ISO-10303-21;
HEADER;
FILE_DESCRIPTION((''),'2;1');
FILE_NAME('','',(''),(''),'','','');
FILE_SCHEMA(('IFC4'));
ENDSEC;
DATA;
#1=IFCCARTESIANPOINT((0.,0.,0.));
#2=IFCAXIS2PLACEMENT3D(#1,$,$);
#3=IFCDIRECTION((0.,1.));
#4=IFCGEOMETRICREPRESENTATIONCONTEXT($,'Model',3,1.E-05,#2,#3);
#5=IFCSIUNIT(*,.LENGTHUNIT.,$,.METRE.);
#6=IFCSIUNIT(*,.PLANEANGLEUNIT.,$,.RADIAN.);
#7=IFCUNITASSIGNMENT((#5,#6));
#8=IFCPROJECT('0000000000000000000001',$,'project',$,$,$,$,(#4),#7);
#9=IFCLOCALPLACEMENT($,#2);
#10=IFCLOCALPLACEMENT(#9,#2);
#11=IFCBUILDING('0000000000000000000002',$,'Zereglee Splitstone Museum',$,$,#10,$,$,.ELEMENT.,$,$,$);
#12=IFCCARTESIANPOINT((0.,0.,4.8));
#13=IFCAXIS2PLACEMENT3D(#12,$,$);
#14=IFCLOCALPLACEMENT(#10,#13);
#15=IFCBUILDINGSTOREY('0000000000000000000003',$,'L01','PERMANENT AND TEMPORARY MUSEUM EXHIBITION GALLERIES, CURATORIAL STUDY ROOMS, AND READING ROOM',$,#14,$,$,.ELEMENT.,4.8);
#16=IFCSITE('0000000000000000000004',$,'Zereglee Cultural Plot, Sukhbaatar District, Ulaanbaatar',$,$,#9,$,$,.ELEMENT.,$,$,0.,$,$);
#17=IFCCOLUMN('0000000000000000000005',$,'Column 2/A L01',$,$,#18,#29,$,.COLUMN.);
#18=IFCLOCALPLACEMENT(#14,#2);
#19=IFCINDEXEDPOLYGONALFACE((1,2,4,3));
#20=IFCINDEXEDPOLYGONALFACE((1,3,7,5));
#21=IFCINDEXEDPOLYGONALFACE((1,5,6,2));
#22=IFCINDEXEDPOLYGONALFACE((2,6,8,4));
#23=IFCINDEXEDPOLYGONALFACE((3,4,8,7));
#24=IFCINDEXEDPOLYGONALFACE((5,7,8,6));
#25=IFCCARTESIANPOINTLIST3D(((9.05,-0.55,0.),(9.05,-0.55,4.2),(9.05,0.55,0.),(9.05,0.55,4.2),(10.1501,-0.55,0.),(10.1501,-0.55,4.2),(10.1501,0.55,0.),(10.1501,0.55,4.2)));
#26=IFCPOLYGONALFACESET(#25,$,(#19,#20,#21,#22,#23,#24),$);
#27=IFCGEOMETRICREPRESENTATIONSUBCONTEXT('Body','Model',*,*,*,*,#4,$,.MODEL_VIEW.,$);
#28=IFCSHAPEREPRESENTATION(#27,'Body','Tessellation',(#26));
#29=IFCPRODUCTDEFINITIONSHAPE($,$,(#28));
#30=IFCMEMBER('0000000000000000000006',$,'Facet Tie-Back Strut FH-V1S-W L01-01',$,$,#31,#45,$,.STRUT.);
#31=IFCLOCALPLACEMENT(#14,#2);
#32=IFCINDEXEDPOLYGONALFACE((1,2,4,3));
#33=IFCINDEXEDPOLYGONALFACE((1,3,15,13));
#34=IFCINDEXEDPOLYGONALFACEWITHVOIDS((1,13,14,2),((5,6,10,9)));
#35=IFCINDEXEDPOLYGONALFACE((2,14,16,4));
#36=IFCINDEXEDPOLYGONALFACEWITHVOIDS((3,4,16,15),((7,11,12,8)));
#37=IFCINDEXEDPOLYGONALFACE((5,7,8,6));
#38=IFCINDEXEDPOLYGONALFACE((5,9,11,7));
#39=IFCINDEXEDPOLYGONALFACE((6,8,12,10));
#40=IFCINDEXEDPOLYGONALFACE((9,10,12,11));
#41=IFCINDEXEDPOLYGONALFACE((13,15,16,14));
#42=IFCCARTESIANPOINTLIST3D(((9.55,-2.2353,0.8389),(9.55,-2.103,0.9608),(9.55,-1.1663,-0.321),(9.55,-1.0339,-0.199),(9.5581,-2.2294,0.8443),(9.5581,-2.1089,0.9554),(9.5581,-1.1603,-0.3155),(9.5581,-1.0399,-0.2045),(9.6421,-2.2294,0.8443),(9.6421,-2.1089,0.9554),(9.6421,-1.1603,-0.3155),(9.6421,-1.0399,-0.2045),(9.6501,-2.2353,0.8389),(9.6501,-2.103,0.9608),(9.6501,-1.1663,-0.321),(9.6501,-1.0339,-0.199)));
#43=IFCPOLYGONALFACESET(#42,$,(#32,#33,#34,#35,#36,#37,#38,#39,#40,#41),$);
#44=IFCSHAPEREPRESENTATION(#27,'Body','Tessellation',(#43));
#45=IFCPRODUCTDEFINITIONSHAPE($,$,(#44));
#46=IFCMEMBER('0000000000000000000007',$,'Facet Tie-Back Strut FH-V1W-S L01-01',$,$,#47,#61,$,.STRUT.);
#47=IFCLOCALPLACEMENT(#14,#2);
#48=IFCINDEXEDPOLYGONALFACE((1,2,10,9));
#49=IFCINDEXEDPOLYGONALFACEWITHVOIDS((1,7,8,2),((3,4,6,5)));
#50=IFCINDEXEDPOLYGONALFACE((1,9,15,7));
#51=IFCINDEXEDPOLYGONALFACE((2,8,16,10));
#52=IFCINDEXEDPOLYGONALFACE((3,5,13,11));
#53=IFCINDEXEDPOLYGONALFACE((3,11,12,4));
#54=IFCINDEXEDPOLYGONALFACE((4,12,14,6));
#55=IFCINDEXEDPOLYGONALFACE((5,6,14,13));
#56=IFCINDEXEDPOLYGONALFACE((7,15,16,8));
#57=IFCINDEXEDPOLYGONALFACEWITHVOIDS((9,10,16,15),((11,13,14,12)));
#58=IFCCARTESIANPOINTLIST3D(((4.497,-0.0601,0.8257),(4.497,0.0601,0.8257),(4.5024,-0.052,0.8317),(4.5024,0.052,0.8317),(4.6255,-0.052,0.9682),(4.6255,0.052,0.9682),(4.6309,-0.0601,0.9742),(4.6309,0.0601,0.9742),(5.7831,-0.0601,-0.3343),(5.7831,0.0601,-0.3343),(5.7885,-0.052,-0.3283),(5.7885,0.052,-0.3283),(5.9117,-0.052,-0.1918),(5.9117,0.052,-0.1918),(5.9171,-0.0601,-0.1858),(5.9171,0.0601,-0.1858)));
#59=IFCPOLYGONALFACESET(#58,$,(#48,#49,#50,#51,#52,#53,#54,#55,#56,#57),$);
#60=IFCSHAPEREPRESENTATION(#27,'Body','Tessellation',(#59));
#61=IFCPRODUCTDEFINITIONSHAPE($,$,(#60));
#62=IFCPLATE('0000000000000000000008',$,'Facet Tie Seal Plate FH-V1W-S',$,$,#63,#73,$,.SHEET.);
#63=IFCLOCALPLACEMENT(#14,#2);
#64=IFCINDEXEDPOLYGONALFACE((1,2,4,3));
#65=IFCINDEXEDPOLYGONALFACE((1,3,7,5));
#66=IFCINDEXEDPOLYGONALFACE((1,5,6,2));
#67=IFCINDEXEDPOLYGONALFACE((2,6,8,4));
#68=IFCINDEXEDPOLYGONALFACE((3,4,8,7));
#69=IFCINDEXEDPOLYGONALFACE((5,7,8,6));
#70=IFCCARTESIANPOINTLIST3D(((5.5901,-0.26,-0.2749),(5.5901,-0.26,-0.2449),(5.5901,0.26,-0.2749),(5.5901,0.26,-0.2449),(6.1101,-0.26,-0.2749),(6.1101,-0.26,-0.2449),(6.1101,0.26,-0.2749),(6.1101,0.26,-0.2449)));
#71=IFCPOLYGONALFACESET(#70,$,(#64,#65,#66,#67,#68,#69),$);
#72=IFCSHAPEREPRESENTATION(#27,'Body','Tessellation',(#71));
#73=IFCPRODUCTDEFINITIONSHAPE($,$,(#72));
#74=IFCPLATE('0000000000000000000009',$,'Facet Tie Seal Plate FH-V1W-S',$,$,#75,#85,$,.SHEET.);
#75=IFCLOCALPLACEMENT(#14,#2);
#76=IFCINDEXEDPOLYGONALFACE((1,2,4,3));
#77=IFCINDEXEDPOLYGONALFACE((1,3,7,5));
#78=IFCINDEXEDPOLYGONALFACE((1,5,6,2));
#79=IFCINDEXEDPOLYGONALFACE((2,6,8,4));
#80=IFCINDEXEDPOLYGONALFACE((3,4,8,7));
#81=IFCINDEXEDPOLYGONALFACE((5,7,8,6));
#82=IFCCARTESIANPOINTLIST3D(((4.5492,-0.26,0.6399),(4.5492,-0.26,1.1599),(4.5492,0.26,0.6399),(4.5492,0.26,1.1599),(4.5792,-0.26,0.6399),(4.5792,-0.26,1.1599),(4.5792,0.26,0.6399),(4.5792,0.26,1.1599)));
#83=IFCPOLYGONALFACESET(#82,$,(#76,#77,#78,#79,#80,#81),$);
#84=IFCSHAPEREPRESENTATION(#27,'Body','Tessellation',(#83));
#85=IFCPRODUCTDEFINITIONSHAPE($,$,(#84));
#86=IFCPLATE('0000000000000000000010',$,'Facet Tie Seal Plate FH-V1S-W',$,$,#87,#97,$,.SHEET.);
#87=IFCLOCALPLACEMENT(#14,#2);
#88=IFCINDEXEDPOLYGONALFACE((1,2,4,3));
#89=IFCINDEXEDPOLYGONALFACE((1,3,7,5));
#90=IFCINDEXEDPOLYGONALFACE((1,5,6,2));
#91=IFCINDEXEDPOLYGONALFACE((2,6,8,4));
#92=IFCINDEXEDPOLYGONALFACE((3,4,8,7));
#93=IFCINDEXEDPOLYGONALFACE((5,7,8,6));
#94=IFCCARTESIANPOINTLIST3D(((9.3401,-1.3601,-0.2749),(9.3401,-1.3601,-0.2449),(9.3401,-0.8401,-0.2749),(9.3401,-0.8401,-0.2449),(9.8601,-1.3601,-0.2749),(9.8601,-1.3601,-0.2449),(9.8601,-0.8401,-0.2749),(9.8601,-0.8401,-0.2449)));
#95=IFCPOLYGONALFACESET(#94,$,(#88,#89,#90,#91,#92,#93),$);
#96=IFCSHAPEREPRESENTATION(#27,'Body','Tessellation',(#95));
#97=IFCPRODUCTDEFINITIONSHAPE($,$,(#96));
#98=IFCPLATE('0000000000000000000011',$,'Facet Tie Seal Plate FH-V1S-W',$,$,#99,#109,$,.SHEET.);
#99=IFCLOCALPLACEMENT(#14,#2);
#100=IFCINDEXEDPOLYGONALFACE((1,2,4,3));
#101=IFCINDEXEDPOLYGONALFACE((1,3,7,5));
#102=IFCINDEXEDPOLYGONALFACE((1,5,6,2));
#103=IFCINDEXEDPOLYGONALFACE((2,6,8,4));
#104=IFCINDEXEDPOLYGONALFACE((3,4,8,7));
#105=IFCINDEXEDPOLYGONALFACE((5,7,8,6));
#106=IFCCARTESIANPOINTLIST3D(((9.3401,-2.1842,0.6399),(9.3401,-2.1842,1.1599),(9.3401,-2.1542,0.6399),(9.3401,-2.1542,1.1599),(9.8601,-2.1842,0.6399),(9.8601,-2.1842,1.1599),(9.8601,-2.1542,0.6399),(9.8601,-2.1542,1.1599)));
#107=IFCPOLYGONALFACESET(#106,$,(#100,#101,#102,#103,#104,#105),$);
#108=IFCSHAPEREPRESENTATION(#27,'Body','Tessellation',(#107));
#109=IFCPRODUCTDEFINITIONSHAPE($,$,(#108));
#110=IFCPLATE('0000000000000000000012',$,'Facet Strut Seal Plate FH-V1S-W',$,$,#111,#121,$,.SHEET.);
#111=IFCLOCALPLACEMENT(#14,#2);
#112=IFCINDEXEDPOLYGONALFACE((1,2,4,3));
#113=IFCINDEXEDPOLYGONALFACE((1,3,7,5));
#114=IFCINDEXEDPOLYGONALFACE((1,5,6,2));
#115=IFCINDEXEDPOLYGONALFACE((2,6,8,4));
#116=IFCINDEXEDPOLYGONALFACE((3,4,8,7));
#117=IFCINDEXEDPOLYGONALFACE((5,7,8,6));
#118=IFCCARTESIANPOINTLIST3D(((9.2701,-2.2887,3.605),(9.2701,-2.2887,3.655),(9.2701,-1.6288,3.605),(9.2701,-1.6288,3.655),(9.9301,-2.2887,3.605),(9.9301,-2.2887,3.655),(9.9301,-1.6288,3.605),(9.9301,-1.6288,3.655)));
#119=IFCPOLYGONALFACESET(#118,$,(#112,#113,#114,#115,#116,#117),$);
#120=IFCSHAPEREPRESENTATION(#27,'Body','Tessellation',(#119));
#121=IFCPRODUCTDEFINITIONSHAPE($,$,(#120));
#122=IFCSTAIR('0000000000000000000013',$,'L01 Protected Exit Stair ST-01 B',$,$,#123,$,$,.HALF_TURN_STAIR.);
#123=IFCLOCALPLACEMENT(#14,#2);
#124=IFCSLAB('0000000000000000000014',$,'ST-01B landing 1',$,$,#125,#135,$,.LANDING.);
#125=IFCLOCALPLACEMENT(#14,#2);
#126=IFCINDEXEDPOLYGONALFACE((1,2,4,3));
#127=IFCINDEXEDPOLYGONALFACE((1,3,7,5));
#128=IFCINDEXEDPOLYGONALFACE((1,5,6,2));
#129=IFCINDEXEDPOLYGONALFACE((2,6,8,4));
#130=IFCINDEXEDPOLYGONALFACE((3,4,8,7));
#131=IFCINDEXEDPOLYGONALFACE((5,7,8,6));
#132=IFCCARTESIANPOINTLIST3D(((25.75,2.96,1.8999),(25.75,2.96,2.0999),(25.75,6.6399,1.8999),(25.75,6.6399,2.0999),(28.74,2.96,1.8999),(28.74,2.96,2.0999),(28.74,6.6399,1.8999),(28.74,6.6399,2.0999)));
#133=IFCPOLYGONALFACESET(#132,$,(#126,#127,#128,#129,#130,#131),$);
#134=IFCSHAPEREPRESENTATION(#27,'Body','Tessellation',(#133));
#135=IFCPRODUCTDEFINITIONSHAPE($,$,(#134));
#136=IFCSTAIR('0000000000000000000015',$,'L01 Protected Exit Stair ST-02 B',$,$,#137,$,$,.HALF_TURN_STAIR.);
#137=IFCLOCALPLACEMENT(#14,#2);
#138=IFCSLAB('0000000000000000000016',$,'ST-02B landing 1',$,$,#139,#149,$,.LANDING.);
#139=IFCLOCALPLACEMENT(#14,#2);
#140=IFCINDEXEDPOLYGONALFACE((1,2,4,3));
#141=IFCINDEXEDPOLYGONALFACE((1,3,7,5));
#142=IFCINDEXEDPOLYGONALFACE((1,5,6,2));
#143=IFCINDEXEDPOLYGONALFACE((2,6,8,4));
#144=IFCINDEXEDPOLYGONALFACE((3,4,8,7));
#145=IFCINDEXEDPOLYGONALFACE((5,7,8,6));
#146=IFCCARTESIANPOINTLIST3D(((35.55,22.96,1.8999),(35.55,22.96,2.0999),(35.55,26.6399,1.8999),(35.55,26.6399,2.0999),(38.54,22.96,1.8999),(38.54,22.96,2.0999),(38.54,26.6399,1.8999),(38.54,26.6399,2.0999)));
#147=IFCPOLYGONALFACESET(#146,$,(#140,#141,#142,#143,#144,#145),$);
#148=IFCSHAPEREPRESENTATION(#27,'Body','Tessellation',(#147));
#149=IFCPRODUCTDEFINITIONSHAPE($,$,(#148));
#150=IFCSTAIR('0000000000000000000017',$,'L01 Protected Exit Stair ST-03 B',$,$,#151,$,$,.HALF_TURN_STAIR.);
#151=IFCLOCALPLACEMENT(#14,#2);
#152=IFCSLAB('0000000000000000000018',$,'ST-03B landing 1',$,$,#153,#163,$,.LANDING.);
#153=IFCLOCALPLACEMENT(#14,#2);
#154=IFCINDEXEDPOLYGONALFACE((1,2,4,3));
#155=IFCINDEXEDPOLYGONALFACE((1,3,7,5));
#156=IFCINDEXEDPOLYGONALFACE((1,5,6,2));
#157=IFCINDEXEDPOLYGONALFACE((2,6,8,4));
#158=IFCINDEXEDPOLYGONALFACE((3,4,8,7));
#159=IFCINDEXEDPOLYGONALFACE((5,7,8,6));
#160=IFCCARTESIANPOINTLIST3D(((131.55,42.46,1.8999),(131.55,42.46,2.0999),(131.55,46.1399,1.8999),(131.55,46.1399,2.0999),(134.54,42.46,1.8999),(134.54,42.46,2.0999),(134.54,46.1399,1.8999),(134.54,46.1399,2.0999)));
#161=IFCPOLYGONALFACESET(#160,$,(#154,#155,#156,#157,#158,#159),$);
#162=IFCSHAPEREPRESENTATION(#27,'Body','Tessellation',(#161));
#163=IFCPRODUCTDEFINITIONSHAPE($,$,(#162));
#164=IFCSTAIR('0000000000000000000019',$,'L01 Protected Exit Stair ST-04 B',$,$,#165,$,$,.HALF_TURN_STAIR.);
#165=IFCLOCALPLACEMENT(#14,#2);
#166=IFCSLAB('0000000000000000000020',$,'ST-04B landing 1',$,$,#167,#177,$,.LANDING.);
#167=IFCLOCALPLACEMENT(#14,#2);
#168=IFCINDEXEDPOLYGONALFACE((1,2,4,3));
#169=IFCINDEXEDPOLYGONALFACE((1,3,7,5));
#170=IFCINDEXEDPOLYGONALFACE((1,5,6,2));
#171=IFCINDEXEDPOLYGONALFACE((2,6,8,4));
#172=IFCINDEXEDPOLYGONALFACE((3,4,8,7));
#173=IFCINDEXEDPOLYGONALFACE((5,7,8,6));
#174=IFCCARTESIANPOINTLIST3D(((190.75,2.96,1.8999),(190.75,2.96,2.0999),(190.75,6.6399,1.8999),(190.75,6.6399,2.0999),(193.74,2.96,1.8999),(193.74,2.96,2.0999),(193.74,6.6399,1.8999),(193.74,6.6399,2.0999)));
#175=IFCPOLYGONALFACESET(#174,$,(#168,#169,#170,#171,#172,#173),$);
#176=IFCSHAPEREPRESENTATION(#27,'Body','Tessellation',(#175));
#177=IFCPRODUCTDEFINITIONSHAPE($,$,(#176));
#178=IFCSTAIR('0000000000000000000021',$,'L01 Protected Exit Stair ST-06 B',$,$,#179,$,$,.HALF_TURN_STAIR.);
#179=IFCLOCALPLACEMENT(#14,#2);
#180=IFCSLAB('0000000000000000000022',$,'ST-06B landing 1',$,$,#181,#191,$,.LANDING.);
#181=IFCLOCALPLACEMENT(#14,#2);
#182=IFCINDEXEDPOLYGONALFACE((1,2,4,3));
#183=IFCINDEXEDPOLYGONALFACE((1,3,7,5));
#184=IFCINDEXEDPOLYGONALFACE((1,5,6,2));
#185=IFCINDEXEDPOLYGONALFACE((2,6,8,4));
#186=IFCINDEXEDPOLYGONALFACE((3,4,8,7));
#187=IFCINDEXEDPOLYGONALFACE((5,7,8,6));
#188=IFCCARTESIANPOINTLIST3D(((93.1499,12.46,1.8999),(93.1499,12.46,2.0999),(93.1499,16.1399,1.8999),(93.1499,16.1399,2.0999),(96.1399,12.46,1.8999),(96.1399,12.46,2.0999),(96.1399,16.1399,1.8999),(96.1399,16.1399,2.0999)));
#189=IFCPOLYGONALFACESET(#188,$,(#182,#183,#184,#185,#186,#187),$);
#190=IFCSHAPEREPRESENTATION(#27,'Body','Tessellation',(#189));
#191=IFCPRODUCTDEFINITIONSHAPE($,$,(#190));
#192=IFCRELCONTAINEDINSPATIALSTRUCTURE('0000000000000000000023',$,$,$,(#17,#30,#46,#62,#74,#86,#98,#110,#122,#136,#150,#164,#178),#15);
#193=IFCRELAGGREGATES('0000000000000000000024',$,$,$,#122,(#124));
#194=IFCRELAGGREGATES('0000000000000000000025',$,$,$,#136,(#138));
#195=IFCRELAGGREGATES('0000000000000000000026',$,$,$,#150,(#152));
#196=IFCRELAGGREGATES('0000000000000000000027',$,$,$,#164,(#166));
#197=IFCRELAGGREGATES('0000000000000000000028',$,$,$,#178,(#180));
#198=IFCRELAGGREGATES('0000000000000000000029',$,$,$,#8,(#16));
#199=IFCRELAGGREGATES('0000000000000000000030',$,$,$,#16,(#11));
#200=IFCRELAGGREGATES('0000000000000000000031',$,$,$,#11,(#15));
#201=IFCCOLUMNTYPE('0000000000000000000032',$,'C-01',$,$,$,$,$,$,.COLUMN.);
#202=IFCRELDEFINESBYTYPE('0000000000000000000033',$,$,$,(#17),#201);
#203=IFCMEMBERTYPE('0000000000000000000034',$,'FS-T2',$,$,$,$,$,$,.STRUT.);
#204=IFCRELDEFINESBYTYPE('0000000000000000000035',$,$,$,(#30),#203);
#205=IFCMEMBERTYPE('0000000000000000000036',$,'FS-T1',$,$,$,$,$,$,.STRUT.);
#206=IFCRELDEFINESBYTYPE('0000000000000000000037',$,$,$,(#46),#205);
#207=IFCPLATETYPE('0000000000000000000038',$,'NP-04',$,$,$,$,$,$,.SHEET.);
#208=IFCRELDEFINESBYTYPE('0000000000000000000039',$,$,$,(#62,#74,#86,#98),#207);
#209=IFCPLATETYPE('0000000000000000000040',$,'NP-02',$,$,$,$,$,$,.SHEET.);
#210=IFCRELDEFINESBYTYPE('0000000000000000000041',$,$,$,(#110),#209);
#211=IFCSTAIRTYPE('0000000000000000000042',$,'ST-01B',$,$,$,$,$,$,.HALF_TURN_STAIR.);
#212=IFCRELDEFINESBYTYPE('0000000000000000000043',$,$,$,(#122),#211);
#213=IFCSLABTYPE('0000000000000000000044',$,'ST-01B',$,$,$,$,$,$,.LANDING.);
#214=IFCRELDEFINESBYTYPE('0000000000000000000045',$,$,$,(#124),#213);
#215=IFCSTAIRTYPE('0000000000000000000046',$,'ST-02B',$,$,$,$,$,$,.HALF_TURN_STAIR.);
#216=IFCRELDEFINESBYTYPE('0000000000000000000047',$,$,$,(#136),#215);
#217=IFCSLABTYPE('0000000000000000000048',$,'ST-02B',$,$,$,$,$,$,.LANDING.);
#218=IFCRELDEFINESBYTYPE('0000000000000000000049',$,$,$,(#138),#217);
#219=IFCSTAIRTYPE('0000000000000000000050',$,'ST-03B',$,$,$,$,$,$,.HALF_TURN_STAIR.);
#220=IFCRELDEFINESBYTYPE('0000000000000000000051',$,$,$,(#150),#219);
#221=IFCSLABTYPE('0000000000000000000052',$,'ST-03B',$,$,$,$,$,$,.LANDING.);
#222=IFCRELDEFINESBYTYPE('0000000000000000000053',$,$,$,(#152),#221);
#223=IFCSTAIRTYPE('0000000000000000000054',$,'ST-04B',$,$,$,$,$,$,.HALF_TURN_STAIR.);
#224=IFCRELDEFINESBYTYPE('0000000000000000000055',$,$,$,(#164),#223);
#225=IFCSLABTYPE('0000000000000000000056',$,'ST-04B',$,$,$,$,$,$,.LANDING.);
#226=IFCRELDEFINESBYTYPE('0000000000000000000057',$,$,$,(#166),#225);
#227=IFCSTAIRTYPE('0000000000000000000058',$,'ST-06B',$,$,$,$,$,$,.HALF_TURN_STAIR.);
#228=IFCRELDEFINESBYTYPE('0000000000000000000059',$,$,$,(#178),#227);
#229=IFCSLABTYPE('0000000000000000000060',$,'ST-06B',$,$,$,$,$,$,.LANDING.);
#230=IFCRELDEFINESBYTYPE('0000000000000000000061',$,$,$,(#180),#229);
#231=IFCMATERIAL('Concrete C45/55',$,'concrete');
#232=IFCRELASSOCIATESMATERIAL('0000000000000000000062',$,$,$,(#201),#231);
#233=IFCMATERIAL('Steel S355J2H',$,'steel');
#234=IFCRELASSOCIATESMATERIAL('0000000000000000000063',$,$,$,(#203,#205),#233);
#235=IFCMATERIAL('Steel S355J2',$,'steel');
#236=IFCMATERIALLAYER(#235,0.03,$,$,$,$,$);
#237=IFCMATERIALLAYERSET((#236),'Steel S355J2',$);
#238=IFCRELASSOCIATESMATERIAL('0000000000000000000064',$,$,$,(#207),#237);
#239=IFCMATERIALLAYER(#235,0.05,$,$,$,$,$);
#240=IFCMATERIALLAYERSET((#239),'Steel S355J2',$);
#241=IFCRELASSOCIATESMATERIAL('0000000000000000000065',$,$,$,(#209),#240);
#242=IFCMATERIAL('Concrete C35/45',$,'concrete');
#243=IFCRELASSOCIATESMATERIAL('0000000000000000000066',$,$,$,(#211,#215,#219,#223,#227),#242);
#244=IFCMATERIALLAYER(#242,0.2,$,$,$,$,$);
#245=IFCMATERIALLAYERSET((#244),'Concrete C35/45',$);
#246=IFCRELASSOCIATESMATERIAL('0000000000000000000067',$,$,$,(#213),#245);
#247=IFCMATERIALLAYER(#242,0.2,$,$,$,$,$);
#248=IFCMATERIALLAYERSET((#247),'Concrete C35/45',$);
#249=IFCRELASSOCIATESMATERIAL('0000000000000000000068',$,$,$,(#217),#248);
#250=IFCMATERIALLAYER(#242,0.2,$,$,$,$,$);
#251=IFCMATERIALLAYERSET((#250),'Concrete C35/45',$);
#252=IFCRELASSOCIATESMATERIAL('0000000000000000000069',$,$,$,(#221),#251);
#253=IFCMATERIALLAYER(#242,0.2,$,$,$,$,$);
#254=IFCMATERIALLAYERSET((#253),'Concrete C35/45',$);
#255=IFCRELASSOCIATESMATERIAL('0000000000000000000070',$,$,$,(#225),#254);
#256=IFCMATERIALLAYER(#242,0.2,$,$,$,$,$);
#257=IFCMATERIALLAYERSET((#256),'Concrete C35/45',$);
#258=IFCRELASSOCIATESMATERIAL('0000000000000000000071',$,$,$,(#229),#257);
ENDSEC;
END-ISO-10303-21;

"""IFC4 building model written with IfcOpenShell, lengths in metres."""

from ifc_helpers import new_model, si_unit, direction, frame, origin, origin_2d, place, context, subcontext, project, spatial, polyline, rectangle, hollow_rectangle, outline, extrude, material, layer, layer_set, material_profile, profile_set, type_object, element, aggregate, save


model = new_model("IFC4")

# Units and contexts
model_context = context("Model", 3, precision=1e-05, world=origin(), true_north=direction((0.0, 1.0)))
body_context = subcontext(model_context, "Body", "Model", "MODEL_VIEW")
ifc_project = project(units=[si_unit("LENGTHUNIT", "METRE"), si_unit("PLANEANGLEUNIT", "RADIAN")], contexts=[model_context])

# Site, building, storey
site_placement = place(None, origin())
site = spatial("IfcSite", under=ifc_project, at=site_placement, Name="Zereglee Cultural Plot, Sukhbaatar District, Ulaanbaatar", CompositionType="ELEMENT", RefElevation=0.0)
building_placement = place(site_placement, origin())
building = spatial("IfcBuilding", under=site, at=building_placement, Name="Zereglee Splitstone Museum", CompositionType="ELEMENT")
storey_placement = place(building_placement, frame((0.0, 0.0, 4.8)))
storey = spatial("IfcBuildingStorey", under=building, at=storey_placement, Name="L01", Description="PERMANENT AND TEMPORARY MUSEUM EXHIBITION GALLERIES, CURATORIAL STUDY ROOMS, AND READING ROOM", CompositionType="ELEMENT", Elevation=4.8)

# Column
ifc_material_1 = material(Name="Concrete C45/55", Category="concrete")
ifc_material_profile_1 = material_profile(ifc_material_1, rectangle(XDim=1.1001, YDim=1.1001, at=origin_2d()), Name="RC 1100x1100")
ifc_profile_set_1 = profile_set([ifc_material_profile_1], Name="Concrete C45/55")
column_type = type_object("IfcColumnType", Name="C-01", PredefinedType="COLUMN", material=ifc_profile_set_1)
column_placement = place(storey_placement, frame((9.6001, 0.0, 0.0), z_axis=(0.0, 0.0, 1.0), x_axis=(1.0, 0.0, 0.0)))
element("IfcColumn", 1, at=column_placement, inside=storey, type_object=column_type, Name="Column 2/A L01", PredefinedType="COLUMN", context=body_context, shape_type="SweptSolid", body=[
    extrude(rectangle(XDim=1.1001, YDim=1.1001, at=origin_2d()), origin(), (0.0, 0.0, 1.0), 4.2),
])

# Members
ifc_material_2 = material(Name="Steel S355J2H", Category="steel")
ifc_material_profile_2 = material_profile(ifc_material_2, hollow_rectangle(XDim=0.1001, YDim=0.1799, WallThickness=0.0081, at=origin_2d()), Name="RHS 180x100x8")
ifc_profile_set_2 = profile_set([ifc_material_profile_2], Name="Steel S355J2H")
member_type_1 = type_object("IfcMemberType", Name="FS-T2", PredefinedType="STRUT", material=ifc_profile_set_2)
member_1_placement = place(storey_placement, frame((9.6001, -1.1001, -0.26), z_axis=(0.0, -0.677734, 0.735308), x_axis=(1.0, 0.0, 0.0)))
element("IfcMember", 2, at=member_1_placement, inside=storey, type_object=member_type_1, Name="Facet Tie-Back Strut FH-V1S-W L01-01", PredefinedType="STRUT", context=body_context, shape_type="SweptSolid", body=[
    extrude(hollow_rectangle(XDim=0.1001, YDim=0.1799, WallThickness=0.0081, at=origin_2d()), origin(), (0.0, 0.0, 1.0), 1.5774),
])
ifc_material_profile_3 = material_profile(ifc_material_2, hollow_rectangle(XDim=0.1201, YDim=0.2, WallThickness=0.0081, at=origin_2d()), Name="RHS 200x120x8")
ifc_profile_set_3 = profile_set([ifc_material_profile_3], Name="Steel S355J2H")
member_type_2 = type_object("IfcMemberType", Name="FS-T1", PredefinedType="STRUT", material=ifc_profile_set_3)
member_2_placement = place(storey_placement, frame((5.8501, 0.0, -0.26), z_axis=(-0.742607, 0.0, 0.669728), x_axis=(0.0, -1.0, 0.0)))
element("IfcMember", 3, at=member_2_placement, inside=storey, type_object=member_type_2, Name="Facet Tie-Back Strut FH-V1W-S L01-01", PredefinedType="STRUT", context=body_context, shape_type="SweptSolid", body=[
    extrude(hollow_rectangle(XDim=0.1201, YDim=0.2, WallThickness=0.0081, at=origin_2d()), origin(), (0.0, 0.0, 1.0), 1.7319),
])

# Plates
ifc_material_3 = material(Name="Steel S355J2", Category="steel")
ifc_layer_1 = layer(ifc_material_3, 0.03)
ifc_layer_set_1 = layer_set([ifc_layer_1], Name="Steel S355J2")
plate_type_1 = type_object("IfcPlateType", Name="NP-04", PredefinedType="SHEET", material=ifc_layer_set_1)
plate_1_placement = place(storey_placement, frame((5.8501, 0.0, -0.2749), z_axis=(0.0, 0.0, 1.0), x_axis=(1.0, 0.0, 0.0)))
element("IfcPlate", 4, at=plate_1_placement, inside=storey, type_object=plate_type_1, Name="Facet Tie Seal Plate FH-V1W-S", PredefinedType="SHEET", context=body_context, shape_type="SweptSolid", body=[
    extrude(rectangle(XDim=0.52, YDim=0.52, at=origin_2d()), origin(), (0.0, 0.0, 1.0), 0.03),
])
plate_2_placement = place(storey_placement, frame((4.5642, 0.0, 0.6399), z_axis=(0.0, 0.0, 1.0), x_axis=(1.0, 0.0, 0.0)))
element("IfcPlate", 5, at=plate_2_placement, inside=storey, type_object=plate_type_1, Name="Facet Tie Seal Plate FH-V1W-S", PredefinedType="SHEET", context=body_context, shape_type="SweptSolid", body=[
    extrude(rectangle(XDim=0.03, YDim=0.52, at=origin_2d()), origin(), (0.0, 0.0, 1.0), 0.52),
])
plate_3_placement = place(storey_placement, frame((9.6001, -1.1001, -0.2749), z_axis=(0.0, 0.0, 1.0), x_axis=(1.0, 0.0, 0.0)))
element("IfcPlate", 6, at=plate_3_placement, inside=storey, type_object=plate_type_1, Name="Facet Tie Seal Plate FH-V1S-W", PredefinedType="SHEET", context=body_context, shape_type="SweptSolid", body=[
    extrude(rectangle(XDim=0.52, YDim=0.52, at=origin_2d()), origin(), (0.0, 0.0, 1.0), 0.03),
])
plate_4_placement = place(storey_placement, frame((9.6001, -2.1692, 0.6399), z_axis=(0.0, 0.0, 1.0), x_axis=(1.0, 0.0, 0.0)))
element("IfcPlate", 7, at=plate_4_placement, inside=storey, type_object=plate_type_1, Name="Facet Tie Seal Plate FH-V1S-W", PredefinedType="SHEET", context=body_context, shape_type="SweptSolid", body=[
    extrude(rectangle(XDim=0.52, YDim=0.03, at=origin_2d()), origin(), (0.0, 0.0, 1.0), 0.52),
])
ifc_layer_2 = layer(ifc_material_3, 0.05)
ifc_layer_set_2 = layer_set([ifc_layer_2], Name="Steel S355J2")
plate_type_2 = type_object("IfcPlateType", Name="NP-02", PredefinedType="SHEET", material=ifc_layer_set_2)
plate_5_placement = place(storey_placement, frame((9.6001, -1.9587, 3.605), z_axis=(0.0, 0.0, 1.0), x_axis=(1.0, 0.0, 0.0)))
element("IfcPlate", 8, at=plate_5_placement, inside=storey, type_object=plate_type_2, Name="Facet Strut Seal Plate FH-V1S-W", PredefinedType="SHEET", context=body_context, shape_type="SweptSolid", body=[
    extrude(rectangle(XDim=0.6599, YDim=0.6599, at=origin_2d()), origin(), (0.0, 0.0, 1.0), 0.05),
])

# Stairs, slabs
ifc_material_4 = material(Name="Concrete C35/45", Category="concrete")
stair_type_1 = type_object("IfcStairType", Name="ST-01B", PredefinedType="HALF_TURN_STAIR", material=ifc_material_4)
stair_1_placement = place(storey_placement, origin())
stair_1 = element("IfcStair", 9, at=stair_1_placement, inside=storey, type_object=stair_type_1, Name="L01 Protected Exit Stair ST-01 B", PredefinedType="HALF_TURN_STAIR")
ifc_layer_3 = layer(ifc_material_4, 0.2)
ifc_layer_set_3 = layer_set([ifc_layer_3], Name="Concrete C35/45")
slab_type_1 = type_object("IfcSlabType", Name="ST-01B", PredefinedType="LANDING", material=ifc_layer_set_3)
slab_1_placement = place(storey_placement, frame((0.0, 0.0, 1.8999)))
slab_1 = element("IfcSlab", 10, at=slab_1_placement, type_object=slab_type_1, Name="ST-01B landing 1", PredefinedType="LANDING", context=body_context, shape_type="SweptSolid", body=[
    extrude(outline(polyline([(25.75, 2.96), (28.74, 2.96), (28.74, 6.6399), (25.75, 6.6399), (25.75, 2.96)])), origin(), (0.0, 0.0, 1.0), 0.2),
])
aggregate(stair_1, [slab_1])
stair_type_2 = type_object("IfcStairType", Name="ST-02B", PredefinedType="HALF_TURN_STAIR", material=ifc_material_4)
stair_2_placement = place(storey_placement, origin())
stair_2 = element("IfcStair", 11, at=stair_2_placement, inside=storey, type_object=stair_type_2, Name="L01 Protected Exit Stair ST-02 B", PredefinedType="HALF_TURN_STAIR")
ifc_layer_4 = layer(ifc_material_4, 0.2)
ifc_layer_set_4 = layer_set([ifc_layer_4], Name="Concrete C35/45")
slab_type_2 = type_object("IfcSlabType", Name="ST-02B", PredefinedType="LANDING", material=ifc_layer_set_4)
slab_2_placement = place(storey_placement, frame((0.0, 0.0, 1.8999)))
slab_2 = element("IfcSlab", 12, at=slab_2_placement, type_object=slab_type_2, Name="ST-02B landing 1", PredefinedType="LANDING", context=body_context, shape_type="SweptSolid", body=[
    extrude(outline(polyline([(35.55, 22.96), (38.54, 22.96), (38.54, 26.6399), (35.55, 26.6399), (35.55, 22.96)])), origin(), (0.0, 0.0, 1.0), 0.2),
])
aggregate(stair_2, [slab_2])
stair_type_3 = type_object("IfcStairType", Name="ST-03B", PredefinedType="HALF_TURN_STAIR", material=ifc_material_4)
stair_3_placement = place(storey_placement, origin())
stair_3 = element("IfcStair", 13, at=stair_3_placement, inside=storey, type_object=stair_type_3, Name="L01 Protected Exit Stair ST-03 B", PredefinedType="HALF_TURN_STAIR")
ifc_layer_5 = layer(ifc_material_4, 0.2)
ifc_layer_set_5 = layer_set([ifc_layer_5], Name="Concrete C35/45")
slab_type_3 = type_object("IfcSlabType", Name="ST-03B", PredefinedType="LANDING", material=ifc_layer_set_5)
slab_3_placement = place(storey_placement, frame((0.0, 0.0, 1.8999)))
slab_3 = element("IfcSlab", 14, at=slab_3_placement, type_object=slab_type_3, Name="ST-03B landing 1", PredefinedType="LANDING", context=body_context, shape_type="SweptSolid", body=[
    extrude(outline(polyline([(131.55, 42.46), (134.54, 42.46), (134.54, 46.1399), (131.55, 46.1399), (131.55, 42.46)])), origin(), (0.0, 0.0, 1.0), 0.2),
])
aggregate(stair_3, [slab_3])
stair_type_4 = type_object("IfcStairType", Name="ST-04B", PredefinedType="HALF_TURN_STAIR", material=ifc_material_4)
stair_4_placement = place(storey_placement, origin())
stair_4 = element("IfcStair", 15, at=stair_4_placement, inside=storey, type_object=stair_type_4, Name="L01 Protected Exit Stair ST-04 B", PredefinedType="HALF_TURN_STAIR")
ifc_layer_6 = layer(ifc_material_4, 0.2)
ifc_layer_set_6 = layer_set([ifc_layer_6], Name="Concrete C35/45")
slab_type_4 = type_object("IfcSlabType", Name="ST-04B", PredefinedType="LANDING", material=ifc_layer_set_6)
slab_4_placement = place(storey_placement, frame((0.0, 0.0, 1.8999)))
slab_4 = element("IfcSlab", 16, at=slab_4_placement, type_object=slab_type_4, Name="ST-04B landing 1", PredefinedType="LANDING", context=body_context, shape_type="SweptSolid", body=[
    extrude(outline(polyline([(190.75, 2.96), (193.74, 2.96), (193.74, 6.6399), (190.75, 6.6399), (190.75, 2.96)])), origin(), (0.0, 0.0, 1.0), 0.2),
])
aggregate(stair_4, [slab_4])
stair_type_5 = type_object("IfcStairType", Name="ST-06B", PredefinedType="HALF_TURN_STAIR", material=ifc_material_4)
stair_5_placement = place(storey_placement, origin())
stair_5 = element("IfcStair", 17, at=stair_5_placement, inside=storey, type_object=stair_type_5, Name="L01 Protected Exit Stair ST-06 B", PredefinedType="HALF_TURN_STAIR")
ifc_layer_7 = layer(ifc_material_4, 0.2)
ifc_layer_set_7 = layer_set([ifc_layer_7], Name="Concrete C35/45")
slab_type_5 = type_object("IfcSlabType", Name="ST-06B", PredefinedType="LANDING", material=ifc_layer_set_7)
slab_5_placement = place(storey_placement, frame((0.0, 0.0, 1.8999)))
slab_5 = element("IfcSlab", 18, at=slab_5_placement, type_object=slab_type_5, Name="ST-06B landing 1", PredefinedType="LANDING", context=body_context, shape_type="SweptSolid", body=[
    extrude(outline(polyline([(93.1499, 12.46), (96.1399, 12.46), (96.1399, 16.1399), (93.1499, 16.1399), (93.1499, 12.46)])), origin(), (0.0, 0.0, 1.0), 0.2),
])
aggregate(stair_5, [slab_5])

save(model, "model.ifc")
